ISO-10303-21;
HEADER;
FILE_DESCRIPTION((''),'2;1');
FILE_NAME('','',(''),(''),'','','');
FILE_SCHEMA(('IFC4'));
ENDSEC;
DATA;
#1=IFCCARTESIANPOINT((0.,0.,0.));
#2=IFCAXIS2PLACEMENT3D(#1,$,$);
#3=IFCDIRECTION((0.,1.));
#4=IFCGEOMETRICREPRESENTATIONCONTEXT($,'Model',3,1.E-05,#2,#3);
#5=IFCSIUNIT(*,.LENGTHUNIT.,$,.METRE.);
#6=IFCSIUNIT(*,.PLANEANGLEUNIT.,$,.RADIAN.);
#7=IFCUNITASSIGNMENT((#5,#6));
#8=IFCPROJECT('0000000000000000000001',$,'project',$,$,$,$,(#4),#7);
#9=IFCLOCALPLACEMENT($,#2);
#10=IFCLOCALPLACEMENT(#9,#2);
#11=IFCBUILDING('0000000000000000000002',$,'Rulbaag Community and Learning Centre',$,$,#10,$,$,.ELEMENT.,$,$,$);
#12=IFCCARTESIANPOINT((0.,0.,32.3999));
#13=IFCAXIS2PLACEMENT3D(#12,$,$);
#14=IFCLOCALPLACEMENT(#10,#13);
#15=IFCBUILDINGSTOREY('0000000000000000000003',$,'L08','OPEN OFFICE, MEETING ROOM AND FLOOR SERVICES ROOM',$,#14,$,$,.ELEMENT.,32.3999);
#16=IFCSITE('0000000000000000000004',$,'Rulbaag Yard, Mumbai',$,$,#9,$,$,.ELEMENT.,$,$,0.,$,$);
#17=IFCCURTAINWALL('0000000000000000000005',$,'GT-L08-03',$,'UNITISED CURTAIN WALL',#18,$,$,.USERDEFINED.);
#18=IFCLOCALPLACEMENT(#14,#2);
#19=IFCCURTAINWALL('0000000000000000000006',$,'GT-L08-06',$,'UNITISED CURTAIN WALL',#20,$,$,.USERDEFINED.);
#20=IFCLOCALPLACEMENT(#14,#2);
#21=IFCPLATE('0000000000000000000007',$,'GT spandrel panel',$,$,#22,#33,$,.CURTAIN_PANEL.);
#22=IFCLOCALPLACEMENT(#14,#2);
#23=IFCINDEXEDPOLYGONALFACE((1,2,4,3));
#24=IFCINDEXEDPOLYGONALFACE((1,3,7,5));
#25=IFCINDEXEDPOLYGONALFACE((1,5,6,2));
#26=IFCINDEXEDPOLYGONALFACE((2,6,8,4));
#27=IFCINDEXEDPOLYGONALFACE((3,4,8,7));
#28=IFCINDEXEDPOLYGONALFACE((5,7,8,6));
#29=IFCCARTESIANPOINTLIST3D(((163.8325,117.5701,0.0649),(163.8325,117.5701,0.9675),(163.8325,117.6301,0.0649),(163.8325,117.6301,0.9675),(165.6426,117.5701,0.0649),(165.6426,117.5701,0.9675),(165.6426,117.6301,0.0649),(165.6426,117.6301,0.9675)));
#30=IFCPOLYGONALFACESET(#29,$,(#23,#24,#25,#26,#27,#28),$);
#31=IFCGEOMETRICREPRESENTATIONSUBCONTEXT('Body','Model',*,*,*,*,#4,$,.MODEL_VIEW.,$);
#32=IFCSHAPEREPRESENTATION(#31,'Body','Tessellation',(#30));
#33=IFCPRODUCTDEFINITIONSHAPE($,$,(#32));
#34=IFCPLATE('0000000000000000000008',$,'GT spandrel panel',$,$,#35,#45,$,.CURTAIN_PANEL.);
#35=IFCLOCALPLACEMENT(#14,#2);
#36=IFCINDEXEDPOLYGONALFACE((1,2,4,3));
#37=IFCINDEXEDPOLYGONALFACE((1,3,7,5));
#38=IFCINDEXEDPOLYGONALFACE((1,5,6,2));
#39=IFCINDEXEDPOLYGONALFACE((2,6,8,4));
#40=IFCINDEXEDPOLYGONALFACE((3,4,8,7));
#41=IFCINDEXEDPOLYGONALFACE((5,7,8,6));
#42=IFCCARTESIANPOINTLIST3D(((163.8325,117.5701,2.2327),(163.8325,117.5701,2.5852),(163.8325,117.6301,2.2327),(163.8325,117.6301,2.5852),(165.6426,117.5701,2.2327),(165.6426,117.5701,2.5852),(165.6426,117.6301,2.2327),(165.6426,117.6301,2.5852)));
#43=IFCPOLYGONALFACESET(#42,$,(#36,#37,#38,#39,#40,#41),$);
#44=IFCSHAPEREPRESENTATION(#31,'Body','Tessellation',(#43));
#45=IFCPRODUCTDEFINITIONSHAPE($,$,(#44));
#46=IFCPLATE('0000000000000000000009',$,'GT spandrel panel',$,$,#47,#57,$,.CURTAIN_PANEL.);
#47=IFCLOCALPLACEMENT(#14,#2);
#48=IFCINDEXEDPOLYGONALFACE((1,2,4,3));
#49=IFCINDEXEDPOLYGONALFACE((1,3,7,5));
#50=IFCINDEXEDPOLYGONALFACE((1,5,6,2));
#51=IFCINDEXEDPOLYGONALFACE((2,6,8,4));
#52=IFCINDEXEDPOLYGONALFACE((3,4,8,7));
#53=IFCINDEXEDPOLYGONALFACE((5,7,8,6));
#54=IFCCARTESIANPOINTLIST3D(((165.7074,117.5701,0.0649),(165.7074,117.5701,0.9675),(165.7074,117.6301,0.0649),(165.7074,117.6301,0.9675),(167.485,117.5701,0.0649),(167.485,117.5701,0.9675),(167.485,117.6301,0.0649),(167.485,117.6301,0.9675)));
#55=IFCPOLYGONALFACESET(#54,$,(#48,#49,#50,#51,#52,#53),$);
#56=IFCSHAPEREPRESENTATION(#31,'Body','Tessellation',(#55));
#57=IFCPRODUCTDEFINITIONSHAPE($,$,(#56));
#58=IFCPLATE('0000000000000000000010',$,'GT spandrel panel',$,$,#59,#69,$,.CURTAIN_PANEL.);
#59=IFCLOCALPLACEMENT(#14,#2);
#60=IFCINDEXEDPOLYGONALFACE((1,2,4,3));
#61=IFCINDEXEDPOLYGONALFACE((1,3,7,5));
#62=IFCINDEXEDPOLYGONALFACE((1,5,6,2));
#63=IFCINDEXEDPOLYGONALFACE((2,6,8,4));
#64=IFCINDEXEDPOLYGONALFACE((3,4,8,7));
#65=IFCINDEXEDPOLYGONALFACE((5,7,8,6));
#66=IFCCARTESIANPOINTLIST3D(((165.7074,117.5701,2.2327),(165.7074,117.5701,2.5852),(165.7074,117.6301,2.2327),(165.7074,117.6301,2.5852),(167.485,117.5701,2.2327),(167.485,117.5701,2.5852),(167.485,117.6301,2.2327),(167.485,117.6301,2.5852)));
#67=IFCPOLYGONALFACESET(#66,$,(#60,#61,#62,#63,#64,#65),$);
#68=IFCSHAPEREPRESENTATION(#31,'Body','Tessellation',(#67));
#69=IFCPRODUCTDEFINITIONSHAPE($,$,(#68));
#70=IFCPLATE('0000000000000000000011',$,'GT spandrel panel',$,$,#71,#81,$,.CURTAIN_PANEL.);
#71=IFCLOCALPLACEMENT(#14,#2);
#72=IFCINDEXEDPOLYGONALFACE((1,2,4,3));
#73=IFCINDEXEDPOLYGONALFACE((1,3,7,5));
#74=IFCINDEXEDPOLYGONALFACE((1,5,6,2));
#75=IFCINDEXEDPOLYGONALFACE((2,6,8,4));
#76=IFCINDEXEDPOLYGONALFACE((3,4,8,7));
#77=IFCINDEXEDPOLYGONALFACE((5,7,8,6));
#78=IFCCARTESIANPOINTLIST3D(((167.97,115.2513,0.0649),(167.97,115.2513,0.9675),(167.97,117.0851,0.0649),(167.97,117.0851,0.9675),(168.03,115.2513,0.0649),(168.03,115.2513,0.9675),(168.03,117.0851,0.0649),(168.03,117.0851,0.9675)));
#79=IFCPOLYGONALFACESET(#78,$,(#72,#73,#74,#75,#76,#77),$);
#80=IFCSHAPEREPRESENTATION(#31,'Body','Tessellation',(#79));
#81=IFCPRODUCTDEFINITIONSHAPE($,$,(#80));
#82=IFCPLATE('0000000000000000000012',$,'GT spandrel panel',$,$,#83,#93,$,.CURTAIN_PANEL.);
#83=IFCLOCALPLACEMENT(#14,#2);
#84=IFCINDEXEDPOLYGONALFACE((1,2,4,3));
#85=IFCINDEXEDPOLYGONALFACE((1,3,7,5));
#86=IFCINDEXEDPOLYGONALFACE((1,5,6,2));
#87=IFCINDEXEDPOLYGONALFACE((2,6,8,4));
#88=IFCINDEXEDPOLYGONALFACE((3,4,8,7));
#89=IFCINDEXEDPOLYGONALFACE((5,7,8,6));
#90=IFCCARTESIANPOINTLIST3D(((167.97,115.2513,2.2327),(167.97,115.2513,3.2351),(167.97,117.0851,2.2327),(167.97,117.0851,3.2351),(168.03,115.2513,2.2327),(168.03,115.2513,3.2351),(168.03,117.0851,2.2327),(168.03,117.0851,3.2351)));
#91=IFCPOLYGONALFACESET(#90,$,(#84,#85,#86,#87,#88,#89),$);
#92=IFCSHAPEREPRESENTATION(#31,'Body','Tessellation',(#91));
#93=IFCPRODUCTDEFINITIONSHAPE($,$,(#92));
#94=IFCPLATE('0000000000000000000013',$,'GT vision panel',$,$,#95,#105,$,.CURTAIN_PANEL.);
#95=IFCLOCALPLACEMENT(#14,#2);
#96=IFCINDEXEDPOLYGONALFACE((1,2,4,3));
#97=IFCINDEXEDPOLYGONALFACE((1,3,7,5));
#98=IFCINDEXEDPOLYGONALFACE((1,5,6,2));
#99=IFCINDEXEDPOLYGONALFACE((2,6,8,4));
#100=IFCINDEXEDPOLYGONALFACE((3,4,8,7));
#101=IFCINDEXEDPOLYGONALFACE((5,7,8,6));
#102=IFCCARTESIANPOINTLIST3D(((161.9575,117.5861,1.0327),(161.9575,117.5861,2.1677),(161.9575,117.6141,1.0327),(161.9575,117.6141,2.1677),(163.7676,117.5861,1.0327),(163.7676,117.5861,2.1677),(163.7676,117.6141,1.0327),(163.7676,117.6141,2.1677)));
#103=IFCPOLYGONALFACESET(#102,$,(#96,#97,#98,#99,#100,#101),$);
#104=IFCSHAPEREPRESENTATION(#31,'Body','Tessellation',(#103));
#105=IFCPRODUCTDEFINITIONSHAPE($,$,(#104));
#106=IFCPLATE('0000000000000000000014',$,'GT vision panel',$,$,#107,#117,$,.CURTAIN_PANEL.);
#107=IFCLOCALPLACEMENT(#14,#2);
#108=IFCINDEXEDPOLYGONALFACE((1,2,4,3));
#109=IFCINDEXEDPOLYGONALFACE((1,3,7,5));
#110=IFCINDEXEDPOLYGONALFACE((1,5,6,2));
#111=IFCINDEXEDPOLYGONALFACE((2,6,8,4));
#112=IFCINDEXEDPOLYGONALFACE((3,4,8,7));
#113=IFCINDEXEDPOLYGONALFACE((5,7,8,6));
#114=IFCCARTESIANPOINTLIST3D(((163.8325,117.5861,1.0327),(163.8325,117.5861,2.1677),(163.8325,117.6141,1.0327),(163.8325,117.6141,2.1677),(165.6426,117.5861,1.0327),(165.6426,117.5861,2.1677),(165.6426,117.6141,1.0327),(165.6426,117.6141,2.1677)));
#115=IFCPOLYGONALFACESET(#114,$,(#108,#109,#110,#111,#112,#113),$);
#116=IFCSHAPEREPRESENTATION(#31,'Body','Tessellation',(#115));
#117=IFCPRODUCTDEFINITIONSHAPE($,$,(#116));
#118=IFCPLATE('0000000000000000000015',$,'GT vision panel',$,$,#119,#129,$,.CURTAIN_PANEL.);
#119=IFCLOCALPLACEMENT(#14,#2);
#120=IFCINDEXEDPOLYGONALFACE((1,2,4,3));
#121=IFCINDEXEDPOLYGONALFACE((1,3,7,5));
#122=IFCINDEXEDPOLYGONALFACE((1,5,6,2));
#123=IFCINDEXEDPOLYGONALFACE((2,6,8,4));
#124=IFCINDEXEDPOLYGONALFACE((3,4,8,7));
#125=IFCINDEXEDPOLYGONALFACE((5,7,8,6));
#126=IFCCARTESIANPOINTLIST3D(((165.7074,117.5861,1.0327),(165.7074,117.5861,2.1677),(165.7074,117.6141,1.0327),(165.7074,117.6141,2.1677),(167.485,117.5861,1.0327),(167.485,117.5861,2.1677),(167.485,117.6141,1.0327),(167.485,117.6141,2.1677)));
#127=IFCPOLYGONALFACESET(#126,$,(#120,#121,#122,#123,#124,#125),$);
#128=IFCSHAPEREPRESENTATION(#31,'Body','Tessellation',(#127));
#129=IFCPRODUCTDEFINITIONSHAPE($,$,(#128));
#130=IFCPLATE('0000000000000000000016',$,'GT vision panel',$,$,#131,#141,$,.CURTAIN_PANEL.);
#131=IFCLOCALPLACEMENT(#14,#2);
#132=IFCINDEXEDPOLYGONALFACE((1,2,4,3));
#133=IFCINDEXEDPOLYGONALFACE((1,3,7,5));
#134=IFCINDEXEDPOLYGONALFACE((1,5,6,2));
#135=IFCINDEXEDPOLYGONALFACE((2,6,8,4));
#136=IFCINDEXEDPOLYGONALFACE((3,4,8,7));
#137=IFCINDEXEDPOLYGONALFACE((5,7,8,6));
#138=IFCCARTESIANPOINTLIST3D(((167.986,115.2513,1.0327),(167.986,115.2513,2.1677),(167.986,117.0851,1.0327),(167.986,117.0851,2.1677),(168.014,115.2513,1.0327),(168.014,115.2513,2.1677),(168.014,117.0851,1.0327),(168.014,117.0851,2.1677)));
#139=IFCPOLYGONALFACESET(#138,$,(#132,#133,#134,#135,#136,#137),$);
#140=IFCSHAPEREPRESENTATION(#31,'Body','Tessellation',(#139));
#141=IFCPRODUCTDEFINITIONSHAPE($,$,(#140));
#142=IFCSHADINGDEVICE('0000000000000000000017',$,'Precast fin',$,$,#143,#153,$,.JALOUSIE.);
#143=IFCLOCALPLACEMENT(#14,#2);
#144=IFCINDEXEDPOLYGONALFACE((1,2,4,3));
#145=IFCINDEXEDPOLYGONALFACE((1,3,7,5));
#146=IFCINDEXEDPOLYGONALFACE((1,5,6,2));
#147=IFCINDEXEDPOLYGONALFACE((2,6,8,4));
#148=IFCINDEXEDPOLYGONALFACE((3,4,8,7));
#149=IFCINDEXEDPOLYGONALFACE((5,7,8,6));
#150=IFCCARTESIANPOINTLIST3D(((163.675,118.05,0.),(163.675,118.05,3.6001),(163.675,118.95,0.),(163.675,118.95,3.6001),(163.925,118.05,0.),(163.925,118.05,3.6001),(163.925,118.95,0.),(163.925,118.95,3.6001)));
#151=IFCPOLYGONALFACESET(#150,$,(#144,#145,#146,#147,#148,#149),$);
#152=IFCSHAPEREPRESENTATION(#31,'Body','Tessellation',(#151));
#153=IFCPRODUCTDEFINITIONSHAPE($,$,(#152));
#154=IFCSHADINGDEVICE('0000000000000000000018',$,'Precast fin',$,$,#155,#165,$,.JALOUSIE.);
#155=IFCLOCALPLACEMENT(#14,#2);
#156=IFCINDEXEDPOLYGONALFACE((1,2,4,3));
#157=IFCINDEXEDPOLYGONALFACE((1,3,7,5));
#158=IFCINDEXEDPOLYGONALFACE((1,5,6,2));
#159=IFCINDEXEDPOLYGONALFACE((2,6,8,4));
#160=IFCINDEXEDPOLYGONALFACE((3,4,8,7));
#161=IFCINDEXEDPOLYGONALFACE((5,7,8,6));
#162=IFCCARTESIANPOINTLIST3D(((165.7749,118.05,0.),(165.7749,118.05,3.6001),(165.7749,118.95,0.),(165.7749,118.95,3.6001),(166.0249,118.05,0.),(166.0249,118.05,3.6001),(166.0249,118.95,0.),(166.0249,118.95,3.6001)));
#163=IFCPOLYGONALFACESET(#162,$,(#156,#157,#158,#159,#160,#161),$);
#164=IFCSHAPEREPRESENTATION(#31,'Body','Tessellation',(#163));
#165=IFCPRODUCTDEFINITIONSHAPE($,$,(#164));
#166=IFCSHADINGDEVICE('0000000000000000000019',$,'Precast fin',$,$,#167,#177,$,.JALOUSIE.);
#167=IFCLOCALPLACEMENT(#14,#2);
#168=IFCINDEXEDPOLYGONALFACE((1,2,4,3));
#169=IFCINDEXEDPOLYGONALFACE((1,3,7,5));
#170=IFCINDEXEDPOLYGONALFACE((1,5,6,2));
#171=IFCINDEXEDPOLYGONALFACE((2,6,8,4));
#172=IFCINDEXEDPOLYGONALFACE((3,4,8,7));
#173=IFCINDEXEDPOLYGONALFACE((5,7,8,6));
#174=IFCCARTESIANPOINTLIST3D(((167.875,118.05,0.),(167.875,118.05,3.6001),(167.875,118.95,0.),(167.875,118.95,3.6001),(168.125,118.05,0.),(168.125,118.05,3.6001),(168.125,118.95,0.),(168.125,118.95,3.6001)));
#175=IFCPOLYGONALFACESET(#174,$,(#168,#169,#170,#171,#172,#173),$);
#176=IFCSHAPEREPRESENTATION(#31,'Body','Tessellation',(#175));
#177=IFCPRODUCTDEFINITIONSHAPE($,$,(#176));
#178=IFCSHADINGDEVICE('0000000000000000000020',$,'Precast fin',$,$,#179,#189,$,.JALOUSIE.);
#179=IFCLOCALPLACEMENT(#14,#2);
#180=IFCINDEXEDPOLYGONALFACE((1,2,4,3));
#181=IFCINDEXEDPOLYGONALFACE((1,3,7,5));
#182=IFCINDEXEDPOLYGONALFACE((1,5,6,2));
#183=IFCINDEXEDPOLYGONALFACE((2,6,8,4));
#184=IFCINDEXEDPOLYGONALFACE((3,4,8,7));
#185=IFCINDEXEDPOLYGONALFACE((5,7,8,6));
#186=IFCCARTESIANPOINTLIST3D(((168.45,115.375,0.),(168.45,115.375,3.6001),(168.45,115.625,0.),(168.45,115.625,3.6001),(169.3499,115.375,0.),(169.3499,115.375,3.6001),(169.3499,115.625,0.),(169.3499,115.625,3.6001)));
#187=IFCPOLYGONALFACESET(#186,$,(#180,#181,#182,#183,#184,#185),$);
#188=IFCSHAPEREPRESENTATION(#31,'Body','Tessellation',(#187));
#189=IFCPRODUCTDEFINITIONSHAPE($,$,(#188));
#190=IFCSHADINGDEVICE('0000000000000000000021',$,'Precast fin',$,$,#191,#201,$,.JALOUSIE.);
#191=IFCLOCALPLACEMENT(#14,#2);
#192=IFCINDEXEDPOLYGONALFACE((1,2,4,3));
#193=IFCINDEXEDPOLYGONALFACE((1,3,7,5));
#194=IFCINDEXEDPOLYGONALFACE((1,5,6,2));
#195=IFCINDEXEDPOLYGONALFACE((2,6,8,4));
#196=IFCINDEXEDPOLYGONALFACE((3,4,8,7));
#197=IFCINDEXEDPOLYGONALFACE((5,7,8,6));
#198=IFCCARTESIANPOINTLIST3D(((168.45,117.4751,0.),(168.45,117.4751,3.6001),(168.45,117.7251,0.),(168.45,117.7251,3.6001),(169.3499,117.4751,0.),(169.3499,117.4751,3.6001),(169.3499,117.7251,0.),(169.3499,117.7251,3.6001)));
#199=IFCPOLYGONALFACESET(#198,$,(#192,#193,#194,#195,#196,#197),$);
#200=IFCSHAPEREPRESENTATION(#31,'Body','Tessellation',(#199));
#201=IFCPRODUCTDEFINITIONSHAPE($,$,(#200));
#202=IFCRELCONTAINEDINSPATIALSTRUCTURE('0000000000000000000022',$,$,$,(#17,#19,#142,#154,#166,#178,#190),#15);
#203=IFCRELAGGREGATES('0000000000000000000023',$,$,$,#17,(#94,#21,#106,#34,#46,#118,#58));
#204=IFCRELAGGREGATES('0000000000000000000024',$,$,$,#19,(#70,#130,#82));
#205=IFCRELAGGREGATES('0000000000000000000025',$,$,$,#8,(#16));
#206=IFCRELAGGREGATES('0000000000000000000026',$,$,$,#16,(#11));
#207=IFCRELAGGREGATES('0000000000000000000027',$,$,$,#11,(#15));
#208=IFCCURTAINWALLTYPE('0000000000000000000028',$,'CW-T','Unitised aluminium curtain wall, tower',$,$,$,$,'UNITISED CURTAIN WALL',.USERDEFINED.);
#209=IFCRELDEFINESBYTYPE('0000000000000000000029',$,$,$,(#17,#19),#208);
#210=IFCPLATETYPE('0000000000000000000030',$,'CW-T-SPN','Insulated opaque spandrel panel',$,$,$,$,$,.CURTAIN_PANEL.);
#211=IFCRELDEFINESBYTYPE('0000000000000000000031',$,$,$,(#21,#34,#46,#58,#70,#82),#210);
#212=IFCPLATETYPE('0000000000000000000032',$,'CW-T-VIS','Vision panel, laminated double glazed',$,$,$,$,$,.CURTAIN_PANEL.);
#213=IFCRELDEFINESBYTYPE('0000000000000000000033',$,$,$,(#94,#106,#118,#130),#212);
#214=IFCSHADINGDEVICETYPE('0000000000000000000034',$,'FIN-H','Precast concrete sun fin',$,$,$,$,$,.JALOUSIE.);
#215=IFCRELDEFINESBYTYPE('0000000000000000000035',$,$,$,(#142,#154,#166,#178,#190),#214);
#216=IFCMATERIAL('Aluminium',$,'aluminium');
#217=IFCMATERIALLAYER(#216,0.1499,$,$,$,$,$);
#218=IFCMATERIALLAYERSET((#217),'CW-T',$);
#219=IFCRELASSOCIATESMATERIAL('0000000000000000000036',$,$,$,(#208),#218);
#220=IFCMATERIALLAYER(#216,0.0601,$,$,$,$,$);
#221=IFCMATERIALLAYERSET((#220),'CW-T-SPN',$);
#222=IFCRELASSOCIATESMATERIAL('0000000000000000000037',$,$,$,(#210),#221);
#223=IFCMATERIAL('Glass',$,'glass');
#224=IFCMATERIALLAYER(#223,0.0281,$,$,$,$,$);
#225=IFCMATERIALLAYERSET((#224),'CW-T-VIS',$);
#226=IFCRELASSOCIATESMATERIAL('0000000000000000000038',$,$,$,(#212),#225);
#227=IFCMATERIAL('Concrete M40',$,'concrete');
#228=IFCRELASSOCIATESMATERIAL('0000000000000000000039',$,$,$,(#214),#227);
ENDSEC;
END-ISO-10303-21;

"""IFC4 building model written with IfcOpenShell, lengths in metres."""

from ifc_helpers import new_model, si_unit, direction, frame, origin, origin_2d, place, context, subcontext, project, spatial, rectangle, extrude, material, layer, layer_set, material_profile, profile_set, type_object, element, aggregate, save


model = new_model("IFC4")

# Units and contexts
model_context = context("Model", 3, precision=1e-05, world=origin(), true_north=direction((0.0, 1.0)))
body_context = subcontext(model_context, "Body", "Model", "MODEL_VIEW")
ifc_project = project(units=[si_unit("LENGTHUNIT", "METRE"), si_unit("PLANEANGLEUNIT", "RADIAN")], contexts=[model_context])

# Site, building, storey
site_placement = place(None, origin())
site = spatial("IfcSite", under=ifc_project, at=site_placement, Name="Rulbaag Yard, Mumbai", CompositionType="ELEMENT", RefElevation=0.0)
building_placement = place(site_placement, origin())
building = spatial("IfcBuilding", under=site, at=building_placement, Name="Rulbaag Community and Learning Centre", CompositionType="ELEMENT")
storey_placement = place(building_placement, frame((0.0, 0.0, 32.3999)))
storey = spatial("IfcBuildingStorey", under=building, at=storey_placement, Name="L08", Description="OPEN OFFICE, MEETING ROOM AND FLOOR SERVICES ROOM", CompositionType="ELEMENT", Elevation=32.3999)

# Curtain wall
ifc_material_1 = material(Name="Aluminium", Category="aluminium")
ifc_layer_1 = layer(ifc_material_1, 0.1499)
ifc_layer_set_1 = layer_set([ifc_layer_1], Name="CW-T")
curtain_wall_type = type_object("IfcCurtainWallType", Name="CW-T", Description="Unitised aluminium curtain wall, tower", ElementType="UNITISED CURTAIN WALL", PredefinedType="USERDEFINED", material=ifc_layer_set_1)
curtain_wall_1_placement = place(storey_placement, origin())
curtain_wall_1 = element("IfcCurtainWall", 1, at=curtain_wall_1_placement, inside=storey, type_object=curtain_wall_type, Name="GT-L08-03", ObjectType="UNITISED CURTAIN WALL", PredefinedType="USERDEFINED")

# Curtain wall
curtain_wall_2_placement = place(storey_placement, origin())
curtain_wall_2 = element("IfcCurtainWall", 2, at=curtain_wall_2_placement, inside=storey, type_object=curtain_wall_type, Name="GT-L08-06", ObjectType="UNITISED CURTAIN WALL", PredefinedType="USERDEFINED")

# Plates
ifc_layer_2 = layer(ifc_material_1, 0.0601)
ifc_layer_set_2 = layer_set([ifc_layer_2], Name="CW-T-SPN")
plate_type_1 = type_object("IfcPlateType", Name="CW-T-SPN", Description="Insulated opaque spandrel panel", PredefinedType="CURTAIN_PANEL", material=ifc_layer_set_2)
plate_1_placement = place(storey_placement, frame((164.7375, 117.6001, 0.0649), z_axis=(0.0, 0.0, 1.0), x_axis=(1.0, 0.0, 0.0)))
plate_1 = element("IfcPlate", 3, at=plate_1_placement, type_object=plate_type_1, Name="GT spandrel panel", PredefinedType="CURTAIN_PANEL", context=body_context, shape_type="SweptSolid", body=[
    extrude(rectangle(XDim=1.8101, YDim=0.0601, at=origin_2d()), origin(), (0.0, 0.0, 1.0), 0.9026),
])
plate_2_placement = place(storey_placement, frame((164.7375, 117.6001, 2.2327), z_axis=(0.0, 0.0, 1.0), x_axis=(1.0, 0.0, 0.0)))
plate_2 = element("IfcPlate", 4, at=plate_2_placement, type_object=plate_type_1, Name="GT spandrel panel", PredefinedType="CURTAIN_PANEL", context=body_context, shape_type="SweptSolid", body=[
    extrude(rectangle(XDim=1.8101, YDim=0.0601, at=origin_2d()), origin(), (0.0, 0.0, 1.0), 0.3525),
])
plate_3_placement = place(storey_placement, frame((166.5962, 117.6001, 0.0649), z_axis=(0.0, 0.0, 1.0), x_axis=(1.0, 0.0, 0.0)))
plate_3 = element("IfcPlate", 5, at=plate_3_placement, type_object=plate_type_1, Name="GT spandrel panel", PredefinedType="CURTAIN_PANEL", context=body_context, shape_type="SweptSolid", body=[
    extrude(rectangle(XDim=1.7776, YDim=0.0601, at=origin_2d()), origin(), (0.0, 0.0, 1.0), 0.9026),
])
plate_4_placement = place(storey_placement, frame((166.5962, 117.6001, 2.2327), z_axis=(0.0, 0.0, 1.0), x_axis=(1.0, 0.0, 0.0)))
plate_4 = element("IfcPlate", 6, at=plate_4_placement, type_object=plate_type_1, Name="GT spandrel panel", PredefinedType="CURTAIN_PANEL", context=body_context, shape_type="SweptSolid", body=[
    extrude(rectangle(XDim=1.7776, YDim=0.0601, at=origin_2d()), origin(), (0.0, 0.0, 1.0), 0.3525),
])
plate_5_placement = place(storey_placement, frame((168.0, 116.1682, 0.0649), z_axis=(0.0, 0.0, 1.0), x_axis=(0.0, 1.0, 0.0)))
plate_5 = element("IfcPlate", 7, at=plate_5_placement, type_object=plate_type_1, Name="GT spandrel panel", PredefinedType="CURTAIN_PANEL", context=body_context, shape_type="SweptSolid", body=[
    extrude(rectangle(XDim=1.8337, YDim=0.0601, at=origin_2d()), origin(), (0.0, 0.0, 1.0), 0.9026),
])
plate_6_placement = place(storey_placement, frame((168.0, 116.1682, 2.2327), z_axis=(0.0, 0.0, 1.0), x_axis=(0.0, 1.0, 0.0)))
plate_6 = element("IfcPlate", 8, at=plate_6_placement, type_object=plate_type_1, Name="GT spandrel panel", PredefinedType="CURTAIN_PANEL", context=body_context, shape_type="SweptSolid", body=[
    extrude(rectangle(XDim=1.8337, YDim=0.0601, at=origin_2d()), origin(), (0.0, 0.0, 1.0), 1.0024),
])
ifc_material_2 = material(Name="Glass", Category="glass")
ifc_layer_3 = layer(ifc_material_2, 0.0281)
ifc_layer_set_3 = layer_set([ifc_layer_3], Name="CW-T-VIS")
plate_type_2 = type_object("IfcPlateType", Name="CW-T-VIS", Description="Vision panel, laminated double glazed", PredefinedType="CURTAIN_PANEL", material=ifc_layer_set_3)
plate_7_placement = place(storey_placement, frame((162.8625, 117.6001, 1.0327), z_axis=(0.0, 0.0, 1.0), x_axis=(1.0, 0.0, 0.0)))
plate_7 = element("IfcPlate", 9, at=plate_7_placement, type_object=plate_type_2, Name="GT vision panel", PredefinedType="CURTAIN_PANEL", context=body_context, shape_type="SweptSolid", body=[
    extrude(rectangle(XDim=1.8101, YDim=0.0281, at=origin_2d()), origin(), (0.0, 0.0, 1.0), 1.135),
])
plate_8_placement = place(storey_placement, frame((164.7375, 117.6001, 1.0327), z_axis=(0.0, 0.0, 1.0), x_axis=(1.0, 0.0, 0.0)))
plate_8 = element("IfcPlate", 10, at=plate_8_placement, type_object=plate_type_2, Name="GT vision panel", PredefinedType="CURTAIN_PANEL", context=body_context, shape_type="SweptSolid", body=[
    extrude(rectangle(XDim=1.8101, YDim=0.0281, at=origin_2d()), origin(), (0.0, 0.0, 1.0), 1.135),
])
plate_9_placement = place(storey_placement, frame((166.5962, 117.6001, 1.0327), z_axis=(0.0, 0.0, 1.0), x_axis=(1.0, 0.0, 0.0)))
plate_9 = element("IfcPlate", 11, at=plate_9_placement, type_object=plate_type_2, Name="GT vision panel", PredefinedType="CURTAIN_PANEL", context=body_context, shape_type="SweptSolid", body=[
    extrude(rectangle(XDim=1.7776, YDim=0.0281, at=origin_2d()), origin(), (0.0, 0.0, 1.0), 1.135),
])
aggregate(curtain_wall_1, [plate_7, plate_1, plate_8, plate_2, plate_3, plate_9, plate_4])
plate_10_placement = place(storey_placement, frame((168.0, 116.1682, 1.0327), z_axis=(0.0, 0.0, 1.0), x_axis=(0.0, 1.0, 0.0)))
plate_10 = element("IfcPlate", 12, at=plate_10_placement, type_object=plate_type_2, Name="GT vision panel", PredefinedType="CURTAIN_PANEL", context=body_context, shape_type="SweptSolid", body=[
    extrude(rectangle(XDim=1.8337, YDim=0.0281, at=origin_2d()), origin(), (0.0, 0.0, 1.0), 1.135),
])
aggregate(curtain_wall_2, [plate_5, plate_10, plate_6])

# Shading devices
ifc_material_3 = material(Name="Concrete M40", Category="concrete")
ifc_material_profile_1 = material_profile(ifc_material_3, rectangle(XDim=0.25, YDim=0.8999, at=origin_2d()), Name="PC 250x900")
ifc_profile_set_1 = profile_set([ifc_material_profile_1], Name="Concrete M40")
shading_device_type = type_object("IfcShadingDeviceType", Name="FIN-H", Description="Precast concrete sun fin", PredefinedType="JALOUSIE", material=ifc_profile_set_1)
for number, where, z_axis, x_axis, name in (
    (13, (163.8, 118.5, 0.0), (0.0, 0.0, 1.0), (1.0, 0.0, 0.0), "Precast fin"),
    (14, (165.8999, 118.5, 0.0), (0.0, 0.0, 1.0), (1.0, 0.0, 0.0), "Precast fin"),
    (15, (168.0, 118.5, 0.0), (0.0, 0.0, 1.0), (1.0, 0.0, 0.0), "Precast fin"),
    (16, (168.8999, 115.5, 0.0), (0.0, 0.0, 1.0), (0.0, 1.0, 0.0), "Precast fin"),
    (17, (168.8999, 117.6001, 0.0), (0.0, 0.0, 1.0), (0.0, 1.0, 0.0), "Precast fin"),
):
    element("IfcShadingDevice", number, at=place(storey_placement, frame(where, z_axis=z_axis, x_axis=x_axis)), inside=storey, type_object=shading_device_type, Name=name, PredefinedType="JALOUSIE", context=body_context, shape_type="SweptSolid", body=[
        extrude(rectangle(XDim=0.25, YDim=0.8999, at=origin_2d()), origin(), (0.0, 0.0, 1.0), 3.6001),
    ])

save(model, "model.ifc")
